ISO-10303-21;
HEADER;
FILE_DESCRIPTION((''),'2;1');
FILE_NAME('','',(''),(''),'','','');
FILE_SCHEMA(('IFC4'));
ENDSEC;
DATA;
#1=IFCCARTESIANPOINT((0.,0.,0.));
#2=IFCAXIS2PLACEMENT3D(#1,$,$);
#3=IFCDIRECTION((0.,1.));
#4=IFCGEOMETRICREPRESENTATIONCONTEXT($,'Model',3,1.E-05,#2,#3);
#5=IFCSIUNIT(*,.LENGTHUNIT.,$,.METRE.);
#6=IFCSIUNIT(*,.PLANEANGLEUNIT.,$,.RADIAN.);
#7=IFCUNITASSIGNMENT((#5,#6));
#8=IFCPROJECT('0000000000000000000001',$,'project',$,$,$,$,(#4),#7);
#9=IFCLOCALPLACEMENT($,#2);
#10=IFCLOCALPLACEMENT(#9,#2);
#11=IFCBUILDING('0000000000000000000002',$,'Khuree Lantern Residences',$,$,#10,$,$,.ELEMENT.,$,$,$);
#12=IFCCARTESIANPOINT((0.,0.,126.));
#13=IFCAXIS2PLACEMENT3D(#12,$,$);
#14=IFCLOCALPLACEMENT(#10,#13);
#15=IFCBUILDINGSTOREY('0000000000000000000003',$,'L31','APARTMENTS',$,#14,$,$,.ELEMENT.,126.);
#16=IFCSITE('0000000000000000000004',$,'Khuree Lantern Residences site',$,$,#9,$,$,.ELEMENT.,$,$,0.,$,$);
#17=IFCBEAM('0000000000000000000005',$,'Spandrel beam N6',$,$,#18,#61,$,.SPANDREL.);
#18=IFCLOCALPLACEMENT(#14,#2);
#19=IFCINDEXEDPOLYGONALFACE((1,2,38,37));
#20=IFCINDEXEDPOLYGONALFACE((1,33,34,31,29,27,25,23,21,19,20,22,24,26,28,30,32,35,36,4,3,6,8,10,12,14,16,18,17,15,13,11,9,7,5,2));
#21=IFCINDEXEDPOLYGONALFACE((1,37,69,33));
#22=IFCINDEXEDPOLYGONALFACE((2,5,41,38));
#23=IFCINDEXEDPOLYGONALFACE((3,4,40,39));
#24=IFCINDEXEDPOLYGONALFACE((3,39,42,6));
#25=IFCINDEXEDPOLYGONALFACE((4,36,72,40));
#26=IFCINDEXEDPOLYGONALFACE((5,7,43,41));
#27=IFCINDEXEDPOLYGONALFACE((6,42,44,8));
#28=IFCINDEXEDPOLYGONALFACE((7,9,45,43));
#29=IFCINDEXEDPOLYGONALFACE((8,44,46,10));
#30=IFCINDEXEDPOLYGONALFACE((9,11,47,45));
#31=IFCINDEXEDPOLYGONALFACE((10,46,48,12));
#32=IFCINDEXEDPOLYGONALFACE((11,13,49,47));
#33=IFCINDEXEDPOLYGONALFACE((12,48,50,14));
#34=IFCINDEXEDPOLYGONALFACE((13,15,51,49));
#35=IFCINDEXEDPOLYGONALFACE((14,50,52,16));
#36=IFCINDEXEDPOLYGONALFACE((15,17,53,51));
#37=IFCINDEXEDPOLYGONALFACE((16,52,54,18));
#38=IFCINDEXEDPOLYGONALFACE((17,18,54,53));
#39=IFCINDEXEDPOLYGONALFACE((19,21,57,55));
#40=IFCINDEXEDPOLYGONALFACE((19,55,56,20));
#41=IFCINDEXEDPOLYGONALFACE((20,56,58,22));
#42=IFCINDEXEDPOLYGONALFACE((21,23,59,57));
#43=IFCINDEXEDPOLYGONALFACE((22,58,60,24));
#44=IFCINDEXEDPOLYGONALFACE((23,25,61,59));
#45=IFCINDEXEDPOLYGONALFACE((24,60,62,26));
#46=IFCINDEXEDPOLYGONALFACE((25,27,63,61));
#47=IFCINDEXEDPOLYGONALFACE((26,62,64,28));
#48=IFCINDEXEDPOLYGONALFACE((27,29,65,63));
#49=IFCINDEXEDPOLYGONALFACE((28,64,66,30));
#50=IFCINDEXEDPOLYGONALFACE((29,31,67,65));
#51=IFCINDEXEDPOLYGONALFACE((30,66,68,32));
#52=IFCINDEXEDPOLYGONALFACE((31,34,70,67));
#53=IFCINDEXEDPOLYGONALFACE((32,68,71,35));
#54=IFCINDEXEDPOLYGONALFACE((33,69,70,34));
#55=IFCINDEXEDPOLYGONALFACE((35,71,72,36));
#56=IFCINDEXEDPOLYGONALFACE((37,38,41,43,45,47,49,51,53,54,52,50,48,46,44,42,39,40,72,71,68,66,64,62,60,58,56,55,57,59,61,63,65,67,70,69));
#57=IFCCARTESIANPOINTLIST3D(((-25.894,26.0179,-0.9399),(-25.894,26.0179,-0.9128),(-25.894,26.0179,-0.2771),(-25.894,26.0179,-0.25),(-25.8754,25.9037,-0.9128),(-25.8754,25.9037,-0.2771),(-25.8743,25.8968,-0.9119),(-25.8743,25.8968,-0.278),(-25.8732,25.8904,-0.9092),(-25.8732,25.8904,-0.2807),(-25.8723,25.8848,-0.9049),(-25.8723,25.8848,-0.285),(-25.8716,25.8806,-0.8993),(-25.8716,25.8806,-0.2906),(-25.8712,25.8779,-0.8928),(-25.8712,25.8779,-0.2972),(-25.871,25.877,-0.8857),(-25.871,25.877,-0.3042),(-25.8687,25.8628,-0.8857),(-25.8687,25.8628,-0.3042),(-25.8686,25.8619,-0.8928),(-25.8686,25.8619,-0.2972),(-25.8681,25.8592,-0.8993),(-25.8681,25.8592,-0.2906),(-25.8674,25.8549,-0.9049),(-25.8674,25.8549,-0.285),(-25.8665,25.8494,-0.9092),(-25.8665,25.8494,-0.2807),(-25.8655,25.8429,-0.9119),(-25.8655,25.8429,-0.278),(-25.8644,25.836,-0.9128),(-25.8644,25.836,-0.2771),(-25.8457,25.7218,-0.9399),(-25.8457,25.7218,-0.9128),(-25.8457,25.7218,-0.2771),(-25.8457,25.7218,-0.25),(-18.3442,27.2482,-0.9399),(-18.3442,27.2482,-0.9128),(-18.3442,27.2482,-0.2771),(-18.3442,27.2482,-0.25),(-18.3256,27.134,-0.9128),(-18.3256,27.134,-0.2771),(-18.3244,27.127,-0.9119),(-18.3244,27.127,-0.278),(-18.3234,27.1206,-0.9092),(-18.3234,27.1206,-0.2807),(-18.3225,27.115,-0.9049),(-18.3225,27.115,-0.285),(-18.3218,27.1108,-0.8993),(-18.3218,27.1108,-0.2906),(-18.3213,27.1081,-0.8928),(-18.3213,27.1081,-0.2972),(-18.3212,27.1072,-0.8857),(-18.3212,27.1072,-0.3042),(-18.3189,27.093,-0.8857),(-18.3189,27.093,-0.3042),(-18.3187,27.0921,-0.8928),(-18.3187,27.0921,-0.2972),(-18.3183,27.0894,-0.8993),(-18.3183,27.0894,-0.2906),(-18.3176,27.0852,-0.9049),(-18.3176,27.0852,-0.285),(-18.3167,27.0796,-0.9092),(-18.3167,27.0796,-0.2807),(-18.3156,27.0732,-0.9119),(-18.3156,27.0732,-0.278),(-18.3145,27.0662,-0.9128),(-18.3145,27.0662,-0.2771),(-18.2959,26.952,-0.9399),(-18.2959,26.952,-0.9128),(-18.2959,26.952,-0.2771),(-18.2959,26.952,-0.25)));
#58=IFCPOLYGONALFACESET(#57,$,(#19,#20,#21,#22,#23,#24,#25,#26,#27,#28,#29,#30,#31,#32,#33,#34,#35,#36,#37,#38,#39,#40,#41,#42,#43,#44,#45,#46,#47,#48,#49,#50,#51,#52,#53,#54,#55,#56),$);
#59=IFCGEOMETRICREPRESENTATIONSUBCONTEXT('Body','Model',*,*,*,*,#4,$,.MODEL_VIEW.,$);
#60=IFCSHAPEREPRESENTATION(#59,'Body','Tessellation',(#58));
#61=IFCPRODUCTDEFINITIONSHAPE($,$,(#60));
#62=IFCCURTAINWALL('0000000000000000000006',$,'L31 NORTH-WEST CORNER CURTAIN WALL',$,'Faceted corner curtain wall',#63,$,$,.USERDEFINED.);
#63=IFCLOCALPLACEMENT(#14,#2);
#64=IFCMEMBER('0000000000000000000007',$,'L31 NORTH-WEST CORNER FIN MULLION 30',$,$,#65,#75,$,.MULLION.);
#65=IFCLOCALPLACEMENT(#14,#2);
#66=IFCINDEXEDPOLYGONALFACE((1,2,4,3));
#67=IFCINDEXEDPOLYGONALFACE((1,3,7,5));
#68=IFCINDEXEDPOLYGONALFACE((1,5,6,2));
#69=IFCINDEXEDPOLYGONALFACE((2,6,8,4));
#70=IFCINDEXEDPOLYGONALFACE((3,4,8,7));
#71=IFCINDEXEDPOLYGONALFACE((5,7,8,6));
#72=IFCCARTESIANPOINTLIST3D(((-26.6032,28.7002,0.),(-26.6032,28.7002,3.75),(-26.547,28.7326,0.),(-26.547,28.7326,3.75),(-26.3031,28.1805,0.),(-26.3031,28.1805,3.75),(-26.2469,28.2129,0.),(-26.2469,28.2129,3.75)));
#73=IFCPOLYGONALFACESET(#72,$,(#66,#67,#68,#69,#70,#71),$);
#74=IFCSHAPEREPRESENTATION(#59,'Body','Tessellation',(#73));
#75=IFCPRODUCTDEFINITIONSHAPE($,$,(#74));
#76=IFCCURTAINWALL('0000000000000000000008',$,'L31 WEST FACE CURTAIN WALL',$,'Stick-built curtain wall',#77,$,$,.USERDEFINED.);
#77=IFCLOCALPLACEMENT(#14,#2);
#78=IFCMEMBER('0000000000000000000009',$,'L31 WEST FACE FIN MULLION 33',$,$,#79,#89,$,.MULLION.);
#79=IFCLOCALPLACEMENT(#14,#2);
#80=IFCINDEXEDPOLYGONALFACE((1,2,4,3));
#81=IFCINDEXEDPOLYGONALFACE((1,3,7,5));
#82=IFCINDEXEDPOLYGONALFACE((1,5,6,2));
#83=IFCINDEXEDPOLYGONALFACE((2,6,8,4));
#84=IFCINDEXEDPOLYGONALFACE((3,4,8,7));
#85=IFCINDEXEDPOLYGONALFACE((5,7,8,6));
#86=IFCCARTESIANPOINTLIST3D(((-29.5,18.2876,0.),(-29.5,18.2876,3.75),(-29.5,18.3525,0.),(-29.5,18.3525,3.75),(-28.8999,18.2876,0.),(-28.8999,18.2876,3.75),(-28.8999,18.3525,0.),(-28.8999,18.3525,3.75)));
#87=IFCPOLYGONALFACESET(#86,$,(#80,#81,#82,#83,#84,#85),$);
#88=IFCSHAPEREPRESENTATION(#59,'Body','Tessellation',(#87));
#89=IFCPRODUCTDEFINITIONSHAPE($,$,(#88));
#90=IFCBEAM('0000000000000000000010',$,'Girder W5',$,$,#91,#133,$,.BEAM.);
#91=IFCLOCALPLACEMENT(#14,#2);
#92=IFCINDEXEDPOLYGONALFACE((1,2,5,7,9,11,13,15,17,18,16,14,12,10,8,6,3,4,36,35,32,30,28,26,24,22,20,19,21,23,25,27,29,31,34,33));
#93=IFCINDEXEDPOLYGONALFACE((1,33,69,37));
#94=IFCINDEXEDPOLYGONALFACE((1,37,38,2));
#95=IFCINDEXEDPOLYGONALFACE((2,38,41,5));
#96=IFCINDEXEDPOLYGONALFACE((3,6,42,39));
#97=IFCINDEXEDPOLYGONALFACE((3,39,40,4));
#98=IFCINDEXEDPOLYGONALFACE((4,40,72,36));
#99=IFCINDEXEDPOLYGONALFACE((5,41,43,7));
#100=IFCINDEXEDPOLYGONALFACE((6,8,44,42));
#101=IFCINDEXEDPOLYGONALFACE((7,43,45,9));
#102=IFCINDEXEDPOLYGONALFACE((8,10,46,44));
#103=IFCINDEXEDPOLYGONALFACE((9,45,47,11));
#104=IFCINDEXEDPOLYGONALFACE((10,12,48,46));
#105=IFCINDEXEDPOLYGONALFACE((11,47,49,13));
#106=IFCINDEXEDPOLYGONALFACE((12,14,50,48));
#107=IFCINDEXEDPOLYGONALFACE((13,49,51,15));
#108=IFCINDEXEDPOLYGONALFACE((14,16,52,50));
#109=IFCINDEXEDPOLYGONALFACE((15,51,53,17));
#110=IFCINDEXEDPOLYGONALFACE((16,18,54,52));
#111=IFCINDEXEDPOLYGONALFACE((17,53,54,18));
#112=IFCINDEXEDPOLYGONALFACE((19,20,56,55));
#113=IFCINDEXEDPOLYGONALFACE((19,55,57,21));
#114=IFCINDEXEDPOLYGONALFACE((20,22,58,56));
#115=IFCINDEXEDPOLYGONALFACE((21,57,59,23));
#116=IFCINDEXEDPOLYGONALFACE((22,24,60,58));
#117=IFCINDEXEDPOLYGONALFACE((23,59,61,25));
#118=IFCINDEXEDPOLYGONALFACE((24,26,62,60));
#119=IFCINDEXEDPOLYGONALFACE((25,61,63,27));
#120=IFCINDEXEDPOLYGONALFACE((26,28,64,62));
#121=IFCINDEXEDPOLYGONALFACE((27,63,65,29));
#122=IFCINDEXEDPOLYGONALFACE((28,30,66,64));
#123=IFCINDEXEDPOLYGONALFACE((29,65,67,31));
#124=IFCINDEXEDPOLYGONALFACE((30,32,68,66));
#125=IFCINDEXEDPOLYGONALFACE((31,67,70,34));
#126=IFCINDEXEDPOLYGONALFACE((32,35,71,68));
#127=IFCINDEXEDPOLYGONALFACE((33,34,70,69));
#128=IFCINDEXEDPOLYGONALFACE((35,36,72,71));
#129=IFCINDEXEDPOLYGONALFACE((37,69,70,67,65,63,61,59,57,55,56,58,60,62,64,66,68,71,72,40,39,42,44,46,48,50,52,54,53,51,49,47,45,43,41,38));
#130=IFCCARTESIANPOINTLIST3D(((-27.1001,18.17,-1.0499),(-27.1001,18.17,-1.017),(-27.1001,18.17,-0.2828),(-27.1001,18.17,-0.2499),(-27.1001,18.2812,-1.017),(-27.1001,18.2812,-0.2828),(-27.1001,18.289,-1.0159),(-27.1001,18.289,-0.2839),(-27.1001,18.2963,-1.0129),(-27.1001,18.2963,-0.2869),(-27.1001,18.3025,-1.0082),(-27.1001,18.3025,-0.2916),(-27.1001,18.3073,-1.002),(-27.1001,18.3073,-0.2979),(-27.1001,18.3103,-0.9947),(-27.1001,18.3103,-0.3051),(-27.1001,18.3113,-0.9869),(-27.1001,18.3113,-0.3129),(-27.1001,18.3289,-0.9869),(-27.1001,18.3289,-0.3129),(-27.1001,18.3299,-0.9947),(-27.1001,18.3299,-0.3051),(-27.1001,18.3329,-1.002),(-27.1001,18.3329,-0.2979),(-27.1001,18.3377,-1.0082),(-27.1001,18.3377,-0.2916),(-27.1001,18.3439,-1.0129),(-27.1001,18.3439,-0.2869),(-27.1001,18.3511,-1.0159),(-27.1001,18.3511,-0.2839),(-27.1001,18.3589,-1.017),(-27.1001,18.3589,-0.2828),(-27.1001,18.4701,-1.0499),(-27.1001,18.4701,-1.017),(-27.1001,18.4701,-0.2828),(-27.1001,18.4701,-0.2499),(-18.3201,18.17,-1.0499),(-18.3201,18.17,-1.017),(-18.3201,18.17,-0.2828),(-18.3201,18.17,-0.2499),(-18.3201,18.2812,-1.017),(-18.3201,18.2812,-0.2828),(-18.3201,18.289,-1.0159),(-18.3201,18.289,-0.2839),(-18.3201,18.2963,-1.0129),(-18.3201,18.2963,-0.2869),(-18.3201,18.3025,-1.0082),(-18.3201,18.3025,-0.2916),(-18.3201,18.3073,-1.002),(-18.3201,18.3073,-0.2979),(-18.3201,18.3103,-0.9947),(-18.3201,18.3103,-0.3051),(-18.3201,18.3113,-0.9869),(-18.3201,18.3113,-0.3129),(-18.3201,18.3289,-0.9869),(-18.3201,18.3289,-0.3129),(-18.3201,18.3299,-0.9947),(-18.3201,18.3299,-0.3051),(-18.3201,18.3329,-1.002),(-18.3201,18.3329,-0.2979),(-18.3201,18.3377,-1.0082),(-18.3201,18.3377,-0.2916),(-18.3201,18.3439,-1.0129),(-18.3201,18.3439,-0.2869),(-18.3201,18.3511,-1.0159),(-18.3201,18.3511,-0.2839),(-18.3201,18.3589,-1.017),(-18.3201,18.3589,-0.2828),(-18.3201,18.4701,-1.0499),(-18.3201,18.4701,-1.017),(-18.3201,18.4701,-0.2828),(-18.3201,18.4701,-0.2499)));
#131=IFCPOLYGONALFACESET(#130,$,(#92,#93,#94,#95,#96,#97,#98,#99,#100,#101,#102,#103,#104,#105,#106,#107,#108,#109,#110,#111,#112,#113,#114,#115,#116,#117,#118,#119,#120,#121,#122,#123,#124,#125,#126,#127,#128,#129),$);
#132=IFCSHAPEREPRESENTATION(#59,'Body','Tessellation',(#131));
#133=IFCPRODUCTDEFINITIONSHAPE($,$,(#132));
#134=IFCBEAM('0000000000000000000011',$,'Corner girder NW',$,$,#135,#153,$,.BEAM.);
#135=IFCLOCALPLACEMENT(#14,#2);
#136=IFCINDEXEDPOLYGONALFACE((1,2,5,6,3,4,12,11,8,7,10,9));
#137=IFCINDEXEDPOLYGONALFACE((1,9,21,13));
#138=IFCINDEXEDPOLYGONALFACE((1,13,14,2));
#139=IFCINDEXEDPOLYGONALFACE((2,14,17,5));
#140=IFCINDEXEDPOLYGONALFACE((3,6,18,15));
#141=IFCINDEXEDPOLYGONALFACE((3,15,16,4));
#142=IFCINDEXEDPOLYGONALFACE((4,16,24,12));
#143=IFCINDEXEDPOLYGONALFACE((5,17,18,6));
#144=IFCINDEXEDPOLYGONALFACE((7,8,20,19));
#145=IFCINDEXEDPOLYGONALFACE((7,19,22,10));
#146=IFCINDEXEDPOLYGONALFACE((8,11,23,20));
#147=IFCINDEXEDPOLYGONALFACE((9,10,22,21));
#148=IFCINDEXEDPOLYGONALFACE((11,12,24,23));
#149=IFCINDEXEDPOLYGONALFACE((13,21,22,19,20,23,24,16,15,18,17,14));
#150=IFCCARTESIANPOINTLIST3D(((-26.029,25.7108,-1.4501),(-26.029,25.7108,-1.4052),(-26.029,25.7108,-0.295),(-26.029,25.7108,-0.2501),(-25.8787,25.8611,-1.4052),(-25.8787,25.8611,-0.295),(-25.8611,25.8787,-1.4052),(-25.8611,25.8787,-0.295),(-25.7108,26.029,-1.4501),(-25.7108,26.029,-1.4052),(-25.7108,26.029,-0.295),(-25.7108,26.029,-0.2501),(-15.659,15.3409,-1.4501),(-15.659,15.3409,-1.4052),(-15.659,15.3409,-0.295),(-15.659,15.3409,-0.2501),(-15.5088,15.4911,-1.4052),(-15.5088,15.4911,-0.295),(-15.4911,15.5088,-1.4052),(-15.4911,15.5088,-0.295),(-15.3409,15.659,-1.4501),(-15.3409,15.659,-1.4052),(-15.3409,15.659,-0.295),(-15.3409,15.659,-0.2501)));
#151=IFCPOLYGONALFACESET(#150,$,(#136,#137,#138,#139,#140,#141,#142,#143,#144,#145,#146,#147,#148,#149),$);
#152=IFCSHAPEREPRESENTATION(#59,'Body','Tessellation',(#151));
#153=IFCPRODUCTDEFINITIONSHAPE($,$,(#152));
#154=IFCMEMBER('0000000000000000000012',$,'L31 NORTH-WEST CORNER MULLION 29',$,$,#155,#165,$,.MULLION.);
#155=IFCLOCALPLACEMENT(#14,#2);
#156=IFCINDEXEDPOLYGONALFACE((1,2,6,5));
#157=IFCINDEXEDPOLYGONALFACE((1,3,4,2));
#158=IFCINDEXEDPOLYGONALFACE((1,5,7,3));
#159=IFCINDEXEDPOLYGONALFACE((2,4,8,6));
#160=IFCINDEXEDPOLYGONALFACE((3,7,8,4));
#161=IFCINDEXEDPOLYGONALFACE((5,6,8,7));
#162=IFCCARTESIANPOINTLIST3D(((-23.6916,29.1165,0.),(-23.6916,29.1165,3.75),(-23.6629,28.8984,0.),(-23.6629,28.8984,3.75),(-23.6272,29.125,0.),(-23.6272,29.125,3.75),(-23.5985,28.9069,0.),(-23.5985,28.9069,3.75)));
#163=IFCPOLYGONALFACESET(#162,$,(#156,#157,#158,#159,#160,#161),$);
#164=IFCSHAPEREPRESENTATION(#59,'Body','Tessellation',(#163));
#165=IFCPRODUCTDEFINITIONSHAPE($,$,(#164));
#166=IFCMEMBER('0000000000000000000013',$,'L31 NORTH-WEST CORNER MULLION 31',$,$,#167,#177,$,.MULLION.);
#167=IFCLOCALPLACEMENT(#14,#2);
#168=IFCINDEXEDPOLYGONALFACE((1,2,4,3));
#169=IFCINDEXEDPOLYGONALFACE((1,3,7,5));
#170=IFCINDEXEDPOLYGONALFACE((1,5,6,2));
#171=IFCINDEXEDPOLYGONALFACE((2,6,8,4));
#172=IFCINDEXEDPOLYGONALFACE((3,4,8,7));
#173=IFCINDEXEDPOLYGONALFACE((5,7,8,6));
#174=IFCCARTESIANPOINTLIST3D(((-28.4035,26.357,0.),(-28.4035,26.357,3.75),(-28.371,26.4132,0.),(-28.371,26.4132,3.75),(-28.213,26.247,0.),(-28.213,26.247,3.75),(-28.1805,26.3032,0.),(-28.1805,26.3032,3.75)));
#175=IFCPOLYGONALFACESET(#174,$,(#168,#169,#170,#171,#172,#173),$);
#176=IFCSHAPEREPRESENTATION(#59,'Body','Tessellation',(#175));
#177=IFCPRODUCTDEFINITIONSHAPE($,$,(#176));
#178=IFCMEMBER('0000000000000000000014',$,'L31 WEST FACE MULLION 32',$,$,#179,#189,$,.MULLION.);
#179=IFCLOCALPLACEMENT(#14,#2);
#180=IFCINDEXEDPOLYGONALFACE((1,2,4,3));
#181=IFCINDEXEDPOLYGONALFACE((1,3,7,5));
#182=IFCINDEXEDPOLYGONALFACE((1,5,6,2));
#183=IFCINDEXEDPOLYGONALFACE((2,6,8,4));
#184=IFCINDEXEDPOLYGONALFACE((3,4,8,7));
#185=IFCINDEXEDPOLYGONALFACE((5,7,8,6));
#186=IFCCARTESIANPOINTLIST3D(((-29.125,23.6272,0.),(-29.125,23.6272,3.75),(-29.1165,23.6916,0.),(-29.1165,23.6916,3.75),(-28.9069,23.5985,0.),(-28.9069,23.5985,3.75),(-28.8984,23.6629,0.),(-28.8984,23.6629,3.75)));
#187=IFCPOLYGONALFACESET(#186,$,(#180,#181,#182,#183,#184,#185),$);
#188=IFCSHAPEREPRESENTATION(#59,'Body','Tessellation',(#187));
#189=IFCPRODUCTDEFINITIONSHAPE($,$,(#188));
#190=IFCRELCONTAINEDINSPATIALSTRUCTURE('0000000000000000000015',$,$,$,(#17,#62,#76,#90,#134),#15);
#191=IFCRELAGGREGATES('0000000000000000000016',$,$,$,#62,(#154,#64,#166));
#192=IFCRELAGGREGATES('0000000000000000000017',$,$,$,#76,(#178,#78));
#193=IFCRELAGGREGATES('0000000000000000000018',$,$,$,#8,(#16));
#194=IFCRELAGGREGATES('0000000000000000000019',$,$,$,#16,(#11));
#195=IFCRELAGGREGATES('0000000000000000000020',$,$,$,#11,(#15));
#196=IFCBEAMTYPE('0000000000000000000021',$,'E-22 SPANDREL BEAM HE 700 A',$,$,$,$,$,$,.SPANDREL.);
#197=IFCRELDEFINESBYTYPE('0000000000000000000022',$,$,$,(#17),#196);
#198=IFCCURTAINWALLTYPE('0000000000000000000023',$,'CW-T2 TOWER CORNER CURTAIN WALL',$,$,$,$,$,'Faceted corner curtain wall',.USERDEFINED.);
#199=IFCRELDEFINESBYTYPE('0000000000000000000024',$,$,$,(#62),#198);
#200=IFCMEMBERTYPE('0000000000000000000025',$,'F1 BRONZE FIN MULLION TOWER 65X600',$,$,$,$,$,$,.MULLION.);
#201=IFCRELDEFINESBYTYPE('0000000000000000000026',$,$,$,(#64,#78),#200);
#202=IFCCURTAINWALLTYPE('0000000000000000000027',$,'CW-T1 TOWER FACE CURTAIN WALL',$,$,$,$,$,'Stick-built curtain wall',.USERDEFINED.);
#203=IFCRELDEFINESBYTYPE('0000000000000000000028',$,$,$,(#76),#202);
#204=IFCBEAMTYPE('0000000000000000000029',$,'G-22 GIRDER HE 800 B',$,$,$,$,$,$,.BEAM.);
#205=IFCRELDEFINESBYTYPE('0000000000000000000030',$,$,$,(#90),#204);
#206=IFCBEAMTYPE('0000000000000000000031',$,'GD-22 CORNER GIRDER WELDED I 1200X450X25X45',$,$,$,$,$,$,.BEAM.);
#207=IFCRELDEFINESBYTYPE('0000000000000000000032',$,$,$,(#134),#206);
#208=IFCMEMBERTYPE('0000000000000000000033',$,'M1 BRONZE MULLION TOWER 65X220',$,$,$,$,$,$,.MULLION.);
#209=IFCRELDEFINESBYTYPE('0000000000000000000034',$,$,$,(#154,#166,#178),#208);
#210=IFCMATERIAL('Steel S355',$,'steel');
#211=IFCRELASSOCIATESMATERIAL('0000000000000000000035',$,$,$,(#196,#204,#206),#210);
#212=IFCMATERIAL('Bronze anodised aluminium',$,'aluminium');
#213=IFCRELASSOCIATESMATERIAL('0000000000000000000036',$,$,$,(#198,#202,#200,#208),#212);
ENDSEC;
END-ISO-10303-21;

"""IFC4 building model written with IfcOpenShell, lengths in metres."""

from ifc_helpers import new_model, si_unit, direction, frame, origin, origin_2d, place, context, subcontext, project, spatial, rectangle, i_section, extrude, material, material_profile, profile_set, type_object, element, aggregate, save


model = new_model("IFC4")

# Units and contexts
model_context = context("Model", 3, precision=1e-05, world=origin(), true_north=direction((0.0, 1.0)))
body_context = subcontext(model_context, "Body", "Model", "MODEL_VIEW")
ifc_project = project(units=[si_unit("LENGTHUNIT", "METRE"), si_unit("PLANEANGLEUNIT", "RADIAN")], contexts=[model_context])

# Site, building, storey
site_placement = place(None, origin())
site = spatial("IfcSite", under=ifc_project, at=site_placement, Name="Khuree Lantern Residences site", CompositionType="ELEMENT", RefElevation=0.0)
building_placement = place(site_placement, origin())
building = spatial("IfcBuilding", under=site, at=building_placement, Name="Khuree Lantern Residences", CompositionType="ELEMENT")
storey_placement = place(building_placement, frame((0.0, 0.0, 126.0)))
storey = spatial("IfcBuildingStorey", under=building, at=storey_placement, Name="L31", Description="APARTMENTS", CompositionType="ELEMENT", Elevation=126.0)

# Beam
ifc_material_1 = material(Name="Steel S355", Category="steel")
ifc_material_profile_1 = material_profile(ifc_material_1, i_section(OverallWidth=0.3, OverallDepth=0.6899, WebThickness=0.0144, FlangeThickness=0.0271, FilletRadius=0.0271, at=origin_2d()), Name="HE 700 A")
ifc_profile_set_1 = profile_set([ifc_material_profile_1], Name="Steel S355")
beam_type_1 = type_object("IfcBeamType", Name="E-22 SPANDREL BEAM HE 700 A", PredefinedType="SPANDREL", material=ifc_profile_set_1)
for number, where, z_axis, x_axis, name in (
    (1, (-25.8699, 25.8699, -0.595), (0.986983, 0.160827, 0.0), (-0.160827, 0.986983, 0.0), "Spandrel beam N6"),
):
    element("IfcBeam", number, at=place(storey_placement, frame(where, z_axis=z_axis, x_axis=x_axis)), inside=storey, type_object=beam_type_1, Name=name, PredefinedType="SPANDREL", context=body_context, shape_type="SweptSolid", body=[
        extrude(i_section(OverallWidth=0.3, OverallDepth=0.6899, WebThickness=0.0144, FlangeThickness=0.0271, FilletRadius=0.0271, at=origin_2d()), origin(), (0.0, 0.0, 1.0), 7.6494),
    ])

# Curtain walls, members
ifc_material_2 = material(Name="Bronze anodised aluminium", Category="aluminium")
curtain_wall_type_1 = type_object("IfcCurtainWallType", Name="CW-T2 TOWER CORNER CURTAIN WALL", ElementType="Faceted corner curtain wall", PredefinedType="USERDEFINED", material=ifc_material_2)
curtain_wall_1_placement = place(storey_placement, origin())
curtain_wall_1 = element("IfcCurtainWall", 2, at=curtain_wall_1_placement, inside=storey, type_object=curtain_wall_type_1, Name="L31 NORTH-WEST CORNER CURTAIN WALL", ObjectType="Faceted corner curtain wall", PredefinedType="USERDEFINED")
ifc_material_profile_2 = material_profile(ifc_material_2, rectangle(XDim=0.0649, YDim=0.6001, at=origin_2d()), Name="F1 65X600")
ifc_profile_set_2 = profile_set([ifc_material_profile_2], Name="Bronze anodised aluminium")
member_type_1 = type_object("IfcMemberType", Name="F1 BRONZE FIN MULLION TOWER 65X600", PredefinedType="MULLION", material=ifc_profile_set_2)
member_1_placement = place(storey_placement, frame((-26.425, 28.4565, 0.0), z_axis=(0.0, 0.0, 1.0), x_axis=(-0.866025, -0.5, 0.0)))
member_1 = element("IfcMember", 3, at=member_1_placement, type_object=member_type_1, Name="L31 NORTH-WEST CORNER FIN MULLION 30", PredefinedType="MULLION", context=body_context, shape_type="SweptSolid", body=[
    extrude(rectangle(XDim=0.0649, YDim=0.6001, at=origin_2d()), origin(), (0.0, 0.0, 1.0), 3.75),
])
curtain_wall_type_2 = type_object("IfcCurtainWallType", Name="CW-T1 TOWER FACE CURTAIN WALL", ElementType="Stick-built curtain wall", PredefinedType="USERDEFINED", material=ifc_material_2)
curtain_wall_2_placement = place(storey_placement, origin())
curtain_wall_2 = element("IfcCurtainWall", 4, at=curtain_wall_2_placement, inside=storey, type_object=curtain_wall_type_2, Name="L31 WEST FACE CURTAIN WALL", ObjectType="Stick-built curtain wall", PredefinedType="USERDEFINED")
member_2_placement = place(storey_placement, frame((-29.2, 18.3201, 0.0), z_axis=(0.0, 0.0, 1.0), x_axis=(0.0, -1.0, 0.0)))
member_2 = element("IfcMember", 5, at=member_2_placement, type_object=member_type_1, Name="L31 WEST FACE FIN MULLION 33", PredefinedType="MULLION", context=body_context, shape_type="SweptSolid", body=[
    extrude(rectangle(XDim=0.0649, YDim=0.6001, at=origin_2d()), origin(), (0.0, 0.0, 1.0), 3.75),
])

# Beams
ifc_material_profile_3 = material_profile(ifc_material_1, i_section(OverallWidth=0.3, OverallDepth=0.8, WebThickness=0.0176, FlangeThickness=0.033, FilletRadius=0.03, at=origin_2d()), Name="HE 800 B")
ifc_profile_set_3 = profile_set([ifc_material_profile_3], Name="Steel S355")
beam_type_2 = type_object("IfcBeamType", Name="G-22 GIRDER HE 800 B", PredefinedType="BEAM", material=ifc_profile_set_3)
beam_1_placement = place(storey_placement, frame((-27.1001, 18.3201, -0.6499), z_axis=(1.0, 0.0, 0.0), x_axis=(0.0, 1.0, 0.0)))
element("IfcBeam", 6, at=beam_1_placement, inside=storey, type_object=beam_type_2, Name="Girder W5", PredefinedType="BEAM", context=body_context, shape_type="SweptSolid", body=[
    extrude(i_section(OverallWidth=0.3, OverallDepth=0.8, WebThickness=0.0176, FlangeThickness=0.033, FilletRadius=0.03, at=origin_2d()), origin(), (0.0, 0.0, 1.0), 8.78),
])
ifc_material_profile_4 = material_profile(ifc_material_1, i_section(OverallWidth=0.45, OverallDepth=1.2, WebThickness=0.0249, FlangeThickness=0.0449, at=origin_2d()), Name="WELDED I 1200X450X25X45")
ifc_profile_set_4 = profile_set([ifc_material_profile_4], Name="Steel S355")
beam_type_3 = type_object("IfcBeamType", Name="GD-22 CORNER GIRDER WELDED I 1200X450X25X45", PredefinedType="BEAM", material=ifc_profile_set_4)
beam_2_placement = place(storey_placement, frame((-25.8699, 25.8699, -0.8501), z_axis=(0.707107, -0.707107, 0.0), x_axis=(0.707107, 0.707107, 0.0)))
element("IfcBeam", 7, at=beam_2_placement, inside=storey, type_object=beam_type_3, Name="Corner girder NW", PredefinedType="BEAM", context=body_context, shape_type="SweptSolid", body=[
    extrude(i_section(OverallWidth=0.45, OverallDepth=1.2, WebThickness=0.0249, FlangeThickness=0.0449, at=origin_2d()), origin(), (0.0, 0.0, 1.0), 14.6653),
])

# Members
ifc_material_profile_5 = material_profile(ifc_material_2, rectangle(XDim=0.0649, YDim=0.22, at=origin_2d()), Name="M1 65X220")
ifc_profile_set_5 = profile_set([ifc_material_profile_5], Name="Bronze anodised aluminium")
member_type_2 = type_object("IfcMemberType", Name="M1 BRONZE MULLION TOWER 65X220", PredefinedType="MULLION", material=ifc_profile_set_5)
member_3_placement = place(storey_placement, frame((-23.645, 29.0117, 0.0), z_axis=(0.0, 0.0, 1.0), x_axis=(-0.991445, -0.130526, 0.0)))
member_3 = element("IfcMember", 8, at=member_3_placement, type_object=member_type_2, Name="L31 NORTH-WEST CORNER MULLION 29", PredefinedType="MULLION", context=body_context, shape_type="SweptSolid", body=[
    extrude(rectangle(XDim=0.0649, YDim=0.22, at=origin_2d()), origin(), (0.0, 0.0, 1.0), 3.75),
])
member_4_placement = place(storey_placement, frame((-28.292, 26.3301, 0.0), z_axis=(0.0, 0.0, 1.0), x_axis=(-0.5, -0.866025, 0.0)))
member_4 = element("IfcMember", 9, at=member_4_placement, type_object=member_type_2, Name="L31 NORTH-WEST CORNER MULLION 31", PredefinedType="MULLION", context=body_context, shape_type="SweptSolid", body=[
    extrude(rectangle(XDim=0.0649, YDim=0.22, at=origin_2d()), origin(), (0.0, 0.0, 1.0), 3.75),
])
member_5_placement = place(storey_placement, frame((-29.0117, 23.645, 0.0), z_axis=(0.0, 0.0, 1.0), x_axis=(-0.130526, -0.991445, 0.0)))
member_5 = element("IfcMember", 10, at=member_5_placement, type_object=member_type_2, Name="L31 WEST FACE MULLION 32", PredefinedType="MULLION", context=body_context, shape_type="SweptSolid", body=[
    extrude(rectangle(XDim=0.0649, YDim=0.22, at=origin_2d()), origin(), (0.0, 0.0, 1.0), 3.75),
])

aggregate(curtain_wall_1, [member_3, member_1, member_4])

aggregate(curtain_wall_2, [member_5, member_2])

save(model, "model.ifc")
